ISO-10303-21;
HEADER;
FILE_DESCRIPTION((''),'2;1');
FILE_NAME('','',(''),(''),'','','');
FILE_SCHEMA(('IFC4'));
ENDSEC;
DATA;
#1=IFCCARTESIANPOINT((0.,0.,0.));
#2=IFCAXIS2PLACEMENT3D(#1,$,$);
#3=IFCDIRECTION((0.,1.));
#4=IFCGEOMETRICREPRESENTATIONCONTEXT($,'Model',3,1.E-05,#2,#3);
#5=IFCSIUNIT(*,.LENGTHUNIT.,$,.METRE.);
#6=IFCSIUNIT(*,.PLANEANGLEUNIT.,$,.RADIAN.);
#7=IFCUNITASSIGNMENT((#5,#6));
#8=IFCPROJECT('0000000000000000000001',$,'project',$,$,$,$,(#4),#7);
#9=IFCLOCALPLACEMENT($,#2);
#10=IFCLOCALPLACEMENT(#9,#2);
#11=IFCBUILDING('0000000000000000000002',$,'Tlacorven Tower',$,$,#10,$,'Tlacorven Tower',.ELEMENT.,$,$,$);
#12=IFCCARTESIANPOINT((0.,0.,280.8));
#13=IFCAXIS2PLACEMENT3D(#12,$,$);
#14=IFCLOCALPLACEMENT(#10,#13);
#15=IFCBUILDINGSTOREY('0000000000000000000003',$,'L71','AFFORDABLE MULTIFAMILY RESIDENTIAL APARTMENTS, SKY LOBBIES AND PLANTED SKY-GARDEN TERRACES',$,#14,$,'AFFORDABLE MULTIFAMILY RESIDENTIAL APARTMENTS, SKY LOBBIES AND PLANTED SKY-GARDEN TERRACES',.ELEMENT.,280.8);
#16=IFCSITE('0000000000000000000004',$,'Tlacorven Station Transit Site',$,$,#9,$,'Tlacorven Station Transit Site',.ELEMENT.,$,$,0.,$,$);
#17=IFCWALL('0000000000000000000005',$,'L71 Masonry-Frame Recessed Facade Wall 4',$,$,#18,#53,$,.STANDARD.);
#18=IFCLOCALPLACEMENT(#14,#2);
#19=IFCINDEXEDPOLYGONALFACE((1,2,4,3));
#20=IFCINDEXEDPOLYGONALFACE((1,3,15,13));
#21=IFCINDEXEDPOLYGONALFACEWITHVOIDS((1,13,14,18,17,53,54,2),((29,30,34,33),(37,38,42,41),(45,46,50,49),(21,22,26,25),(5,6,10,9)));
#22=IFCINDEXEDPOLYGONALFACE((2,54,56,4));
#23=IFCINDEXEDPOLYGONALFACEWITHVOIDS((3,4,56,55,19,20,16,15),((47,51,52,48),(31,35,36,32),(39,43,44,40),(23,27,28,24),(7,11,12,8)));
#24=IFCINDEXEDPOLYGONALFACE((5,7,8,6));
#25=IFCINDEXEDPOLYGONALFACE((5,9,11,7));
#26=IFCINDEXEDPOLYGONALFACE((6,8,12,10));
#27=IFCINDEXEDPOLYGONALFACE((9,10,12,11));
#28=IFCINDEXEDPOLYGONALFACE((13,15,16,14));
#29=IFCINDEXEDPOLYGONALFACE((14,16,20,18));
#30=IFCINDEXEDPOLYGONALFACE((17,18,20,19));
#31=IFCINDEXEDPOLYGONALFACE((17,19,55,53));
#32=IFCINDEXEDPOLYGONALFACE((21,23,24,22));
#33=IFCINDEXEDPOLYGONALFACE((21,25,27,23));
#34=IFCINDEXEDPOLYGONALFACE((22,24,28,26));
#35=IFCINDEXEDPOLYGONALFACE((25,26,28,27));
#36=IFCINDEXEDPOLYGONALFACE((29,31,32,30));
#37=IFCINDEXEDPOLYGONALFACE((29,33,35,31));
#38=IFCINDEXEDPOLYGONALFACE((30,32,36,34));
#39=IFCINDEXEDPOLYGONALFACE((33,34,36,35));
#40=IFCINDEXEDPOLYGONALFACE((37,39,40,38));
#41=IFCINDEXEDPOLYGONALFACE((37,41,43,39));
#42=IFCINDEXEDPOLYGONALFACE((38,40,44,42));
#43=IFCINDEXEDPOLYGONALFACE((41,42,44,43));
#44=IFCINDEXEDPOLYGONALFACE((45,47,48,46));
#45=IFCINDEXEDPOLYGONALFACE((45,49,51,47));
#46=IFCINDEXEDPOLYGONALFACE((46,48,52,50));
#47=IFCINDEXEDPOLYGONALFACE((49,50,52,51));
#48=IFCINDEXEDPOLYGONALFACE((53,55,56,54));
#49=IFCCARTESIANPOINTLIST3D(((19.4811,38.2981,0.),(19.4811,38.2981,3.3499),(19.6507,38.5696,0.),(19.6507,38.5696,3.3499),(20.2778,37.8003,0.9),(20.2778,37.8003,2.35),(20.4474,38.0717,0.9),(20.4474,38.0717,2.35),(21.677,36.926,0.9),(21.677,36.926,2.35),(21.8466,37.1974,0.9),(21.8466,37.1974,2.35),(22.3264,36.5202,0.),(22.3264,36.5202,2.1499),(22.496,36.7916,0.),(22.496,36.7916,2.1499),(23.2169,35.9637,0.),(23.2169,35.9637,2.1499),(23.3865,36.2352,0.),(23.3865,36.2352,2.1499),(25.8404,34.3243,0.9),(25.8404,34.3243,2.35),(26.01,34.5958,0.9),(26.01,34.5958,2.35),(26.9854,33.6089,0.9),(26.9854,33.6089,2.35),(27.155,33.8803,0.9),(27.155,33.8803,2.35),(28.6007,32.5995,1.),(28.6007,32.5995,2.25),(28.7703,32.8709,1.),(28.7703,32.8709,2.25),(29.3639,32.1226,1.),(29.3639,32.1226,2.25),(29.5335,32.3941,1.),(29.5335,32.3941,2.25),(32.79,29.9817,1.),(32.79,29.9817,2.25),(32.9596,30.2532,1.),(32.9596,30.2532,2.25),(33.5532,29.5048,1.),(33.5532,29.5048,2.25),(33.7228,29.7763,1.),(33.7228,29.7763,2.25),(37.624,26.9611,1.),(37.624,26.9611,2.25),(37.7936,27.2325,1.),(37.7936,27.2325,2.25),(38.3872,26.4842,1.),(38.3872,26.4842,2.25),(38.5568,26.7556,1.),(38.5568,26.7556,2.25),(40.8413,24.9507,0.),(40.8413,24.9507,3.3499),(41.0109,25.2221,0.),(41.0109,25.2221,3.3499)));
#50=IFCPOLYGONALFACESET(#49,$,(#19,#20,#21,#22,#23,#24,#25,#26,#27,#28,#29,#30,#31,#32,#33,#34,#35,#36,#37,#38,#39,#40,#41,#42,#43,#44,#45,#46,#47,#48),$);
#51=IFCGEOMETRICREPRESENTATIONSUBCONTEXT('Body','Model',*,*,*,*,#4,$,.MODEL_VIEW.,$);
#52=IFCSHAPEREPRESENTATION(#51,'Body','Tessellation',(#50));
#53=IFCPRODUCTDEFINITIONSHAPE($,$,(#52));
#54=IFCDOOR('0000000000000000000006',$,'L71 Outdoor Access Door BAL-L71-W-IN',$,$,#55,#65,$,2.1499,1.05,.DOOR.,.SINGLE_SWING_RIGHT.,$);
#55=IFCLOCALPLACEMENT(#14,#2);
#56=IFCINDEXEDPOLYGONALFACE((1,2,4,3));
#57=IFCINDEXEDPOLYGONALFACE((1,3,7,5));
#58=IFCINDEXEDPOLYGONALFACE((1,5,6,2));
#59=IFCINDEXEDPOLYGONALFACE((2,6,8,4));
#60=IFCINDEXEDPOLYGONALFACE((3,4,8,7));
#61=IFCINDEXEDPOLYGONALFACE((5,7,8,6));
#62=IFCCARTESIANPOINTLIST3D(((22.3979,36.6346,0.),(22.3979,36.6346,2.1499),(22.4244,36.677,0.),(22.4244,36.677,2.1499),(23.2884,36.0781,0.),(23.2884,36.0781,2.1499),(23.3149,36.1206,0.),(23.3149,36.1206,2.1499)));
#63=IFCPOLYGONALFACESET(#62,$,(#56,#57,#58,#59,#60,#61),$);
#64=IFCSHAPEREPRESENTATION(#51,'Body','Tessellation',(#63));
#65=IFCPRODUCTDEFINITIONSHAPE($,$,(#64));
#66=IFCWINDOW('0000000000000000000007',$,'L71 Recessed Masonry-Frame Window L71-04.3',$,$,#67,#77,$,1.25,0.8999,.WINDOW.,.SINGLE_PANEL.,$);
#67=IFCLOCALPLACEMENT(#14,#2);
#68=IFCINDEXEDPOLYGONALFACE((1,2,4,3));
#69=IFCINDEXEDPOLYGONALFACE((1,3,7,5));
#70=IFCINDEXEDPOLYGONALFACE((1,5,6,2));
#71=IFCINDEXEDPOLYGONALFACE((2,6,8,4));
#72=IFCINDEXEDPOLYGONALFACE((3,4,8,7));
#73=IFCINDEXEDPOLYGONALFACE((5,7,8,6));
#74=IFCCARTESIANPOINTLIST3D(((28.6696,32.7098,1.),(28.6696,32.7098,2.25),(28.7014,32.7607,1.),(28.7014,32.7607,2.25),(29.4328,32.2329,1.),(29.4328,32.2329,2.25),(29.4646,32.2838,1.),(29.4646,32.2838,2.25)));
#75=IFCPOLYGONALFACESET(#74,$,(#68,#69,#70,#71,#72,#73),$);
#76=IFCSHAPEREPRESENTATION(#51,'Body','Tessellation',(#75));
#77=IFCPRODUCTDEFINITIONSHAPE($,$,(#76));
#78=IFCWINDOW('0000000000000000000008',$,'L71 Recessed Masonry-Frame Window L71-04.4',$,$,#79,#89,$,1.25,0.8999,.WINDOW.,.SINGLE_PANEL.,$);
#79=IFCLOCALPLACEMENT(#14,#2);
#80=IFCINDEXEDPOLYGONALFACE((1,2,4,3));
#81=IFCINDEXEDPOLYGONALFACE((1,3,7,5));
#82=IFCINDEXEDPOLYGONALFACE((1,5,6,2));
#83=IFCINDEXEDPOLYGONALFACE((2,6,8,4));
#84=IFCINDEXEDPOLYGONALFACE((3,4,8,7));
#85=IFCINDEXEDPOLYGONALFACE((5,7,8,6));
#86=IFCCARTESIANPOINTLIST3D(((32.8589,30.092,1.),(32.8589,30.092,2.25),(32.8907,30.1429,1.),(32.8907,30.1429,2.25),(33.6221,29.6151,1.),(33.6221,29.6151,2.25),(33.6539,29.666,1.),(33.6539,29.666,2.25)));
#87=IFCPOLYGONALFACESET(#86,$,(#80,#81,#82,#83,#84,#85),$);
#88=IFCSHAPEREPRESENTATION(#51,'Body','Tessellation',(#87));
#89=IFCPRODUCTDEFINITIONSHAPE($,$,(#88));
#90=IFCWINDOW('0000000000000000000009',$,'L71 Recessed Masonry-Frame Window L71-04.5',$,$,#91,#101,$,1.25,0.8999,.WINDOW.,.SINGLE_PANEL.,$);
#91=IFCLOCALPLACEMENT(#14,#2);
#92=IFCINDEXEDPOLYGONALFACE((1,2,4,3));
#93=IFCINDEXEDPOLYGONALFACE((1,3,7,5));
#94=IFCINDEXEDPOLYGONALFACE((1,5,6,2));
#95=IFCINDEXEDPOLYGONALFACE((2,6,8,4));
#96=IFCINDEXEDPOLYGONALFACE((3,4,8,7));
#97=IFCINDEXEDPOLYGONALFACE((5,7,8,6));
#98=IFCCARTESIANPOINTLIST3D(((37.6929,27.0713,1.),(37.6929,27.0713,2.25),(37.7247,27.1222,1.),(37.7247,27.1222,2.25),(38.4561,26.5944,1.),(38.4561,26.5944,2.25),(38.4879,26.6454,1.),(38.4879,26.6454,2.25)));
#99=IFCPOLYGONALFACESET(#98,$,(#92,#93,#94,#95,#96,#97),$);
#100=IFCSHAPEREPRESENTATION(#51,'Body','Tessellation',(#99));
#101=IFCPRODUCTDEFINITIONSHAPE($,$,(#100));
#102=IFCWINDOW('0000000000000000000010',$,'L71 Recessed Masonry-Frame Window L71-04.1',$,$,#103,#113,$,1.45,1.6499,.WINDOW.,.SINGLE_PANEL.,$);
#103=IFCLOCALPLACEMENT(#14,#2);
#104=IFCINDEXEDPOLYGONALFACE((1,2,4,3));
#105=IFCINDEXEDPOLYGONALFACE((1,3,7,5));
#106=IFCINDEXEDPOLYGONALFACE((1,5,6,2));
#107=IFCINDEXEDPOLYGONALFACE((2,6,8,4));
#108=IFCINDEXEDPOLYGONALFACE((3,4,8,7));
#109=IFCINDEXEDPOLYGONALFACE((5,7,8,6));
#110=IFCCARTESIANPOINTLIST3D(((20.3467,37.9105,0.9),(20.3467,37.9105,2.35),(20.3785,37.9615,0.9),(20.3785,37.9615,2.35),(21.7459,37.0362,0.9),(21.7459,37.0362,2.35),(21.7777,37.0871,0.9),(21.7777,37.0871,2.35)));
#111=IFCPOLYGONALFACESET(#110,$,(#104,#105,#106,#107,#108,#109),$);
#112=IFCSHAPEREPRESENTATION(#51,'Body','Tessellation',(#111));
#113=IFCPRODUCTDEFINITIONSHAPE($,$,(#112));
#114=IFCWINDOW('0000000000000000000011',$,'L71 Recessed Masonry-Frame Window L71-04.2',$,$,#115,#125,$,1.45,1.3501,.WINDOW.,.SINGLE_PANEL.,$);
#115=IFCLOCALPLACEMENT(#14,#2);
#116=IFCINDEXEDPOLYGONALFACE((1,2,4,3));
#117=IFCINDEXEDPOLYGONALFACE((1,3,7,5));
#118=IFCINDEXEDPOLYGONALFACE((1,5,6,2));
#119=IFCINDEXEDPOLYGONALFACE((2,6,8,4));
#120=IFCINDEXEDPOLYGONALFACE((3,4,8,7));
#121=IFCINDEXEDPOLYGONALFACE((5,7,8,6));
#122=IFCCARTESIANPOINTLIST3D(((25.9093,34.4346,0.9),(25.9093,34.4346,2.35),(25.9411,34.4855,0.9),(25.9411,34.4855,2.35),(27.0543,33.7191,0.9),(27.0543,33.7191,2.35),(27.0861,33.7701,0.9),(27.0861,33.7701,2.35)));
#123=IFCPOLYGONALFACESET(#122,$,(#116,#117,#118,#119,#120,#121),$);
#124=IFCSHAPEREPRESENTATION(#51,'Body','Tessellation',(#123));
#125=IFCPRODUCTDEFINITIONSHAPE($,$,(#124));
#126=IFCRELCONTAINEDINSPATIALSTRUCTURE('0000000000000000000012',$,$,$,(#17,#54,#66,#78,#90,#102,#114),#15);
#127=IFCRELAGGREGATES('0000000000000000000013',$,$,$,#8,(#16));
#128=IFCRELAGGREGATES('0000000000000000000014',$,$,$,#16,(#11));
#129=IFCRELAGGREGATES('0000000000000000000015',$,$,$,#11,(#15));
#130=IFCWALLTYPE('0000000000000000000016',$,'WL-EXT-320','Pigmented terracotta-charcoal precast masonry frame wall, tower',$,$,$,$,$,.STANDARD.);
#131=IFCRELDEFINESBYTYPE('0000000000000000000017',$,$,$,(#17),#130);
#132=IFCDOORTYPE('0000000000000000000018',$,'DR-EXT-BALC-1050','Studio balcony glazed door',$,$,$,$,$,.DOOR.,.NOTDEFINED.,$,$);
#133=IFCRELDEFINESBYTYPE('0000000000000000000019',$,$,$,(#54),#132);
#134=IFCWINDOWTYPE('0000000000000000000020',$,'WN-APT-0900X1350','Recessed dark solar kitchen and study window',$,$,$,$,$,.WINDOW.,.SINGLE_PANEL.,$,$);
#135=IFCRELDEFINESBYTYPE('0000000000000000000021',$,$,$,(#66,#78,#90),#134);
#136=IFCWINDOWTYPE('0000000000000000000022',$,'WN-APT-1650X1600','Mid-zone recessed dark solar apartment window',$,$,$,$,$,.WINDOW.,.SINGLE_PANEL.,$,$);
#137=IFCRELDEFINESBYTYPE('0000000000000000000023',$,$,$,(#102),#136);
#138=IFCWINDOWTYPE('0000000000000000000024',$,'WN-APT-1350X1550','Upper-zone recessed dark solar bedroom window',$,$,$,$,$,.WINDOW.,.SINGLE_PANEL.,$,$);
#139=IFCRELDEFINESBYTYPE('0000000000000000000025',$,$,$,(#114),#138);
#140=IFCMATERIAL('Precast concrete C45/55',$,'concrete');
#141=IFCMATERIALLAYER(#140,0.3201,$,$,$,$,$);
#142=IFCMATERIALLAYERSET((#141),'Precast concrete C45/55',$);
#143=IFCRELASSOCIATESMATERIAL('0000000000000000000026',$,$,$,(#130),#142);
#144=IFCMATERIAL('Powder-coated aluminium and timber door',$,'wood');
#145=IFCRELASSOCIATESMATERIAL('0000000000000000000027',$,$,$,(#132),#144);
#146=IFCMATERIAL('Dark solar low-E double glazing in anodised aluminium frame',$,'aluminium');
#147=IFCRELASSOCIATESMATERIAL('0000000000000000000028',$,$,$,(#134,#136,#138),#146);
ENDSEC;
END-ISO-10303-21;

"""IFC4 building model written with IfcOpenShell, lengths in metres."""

from ifc_helpers import new_model, si_unit, direction, frame, frame_2d, origin, place, context, subcontext, project, spatial, rectangle, extrude, source, transform, mapped, material, layer, layer_set, type_object, element, fill, save


model = new_model("IFC4")

# Units and contexts
model_context = context("Model", 3, precision=1e-05, world=origin(), true_north=direction((0.0, 1.0)))
body_context = subcontext(model_context, "Body", "Model", "MODEL_VIEW")
ifc_project = project(units=[si_unit("LENGTHUNIT", "METRE"), si_unit("PLANEANGLEUNIT", "RADIAN")], contexts=[model_context])

# Site, building, storey
site_placement = place(None, origin())
site = spatial("IfcSite", under=ifc_project, at=site_placement, Name="Tlacorven Station Transit Site", LongName="Tlacorven Station Transit Site", CompositionType="ELEMENT", RefElevation=0.0)
building_placement = place(site_placement, origin())
building = spatial("IfcBuilding", under=site, at=building_placement, Name="Tlacorven Tower", LongName="Tlacorven Tower", CompositionType="ELEMENT")
storey_placement = place(building_placement, frame((0.0, 0.0, 280.8)))
storey = spatial("IfcBuildingStorey", under=building, at=storey_placement, Name="L71", Description="AFFORDABLE MULTIFAMILY RESIDENTIAL APARTMENTS, SKY LOBBIES AND PLANTED SKY-GARDEN TERRACES", LongName="AFFORDABLE MULTIFAMILY RESIDENTIAL APARTMENTS, SKY LOBBIES AND PLANTED SKY-GARDEN TERRACES", CompositionType="ELEMENT", Elevation=280.8)

# Wall, openings, door, windows
ifc_material_1 = material(Name="Precast concrete C45/55", Category="concrete")
ifc_layer_1 = layer(ifc_material_1, 0.3201)
ifc_layer_set_1 = layer_set([ifc_layer_1], Name="Precast concrete C45/55")
wall_type_1 = type_object("IfcWallType", Name="WL-EXT-320", Description="Pigmented terracotta-charcoal precast masonry frame wall, tower", PredefinedType="STANDARD", material=ifc_layer_set_1)
wall_1_placement = place(storey_placement, frame((19.5659, 38.4338, 0.0), z_axis=(0.0, 0.0, 1.0), x_axis=(0.848046, -0.529923, 0.0)))
wall_1 = element("IfcWall", 1, at=wall_1_placement, inside=storey, type_object=wall_type_1, Name="L71 Masonry-Frame Recessed Facade Wall 4", PredefinedType="STANDARD", context=body_context, shape_type="SweptSolid", body=[
    extrude(rectangle(XDim=25.1875, YDim=0.3201, at=frame_2d((12.5938, 0.0))), origin(), (0.0, 0.0, 1.0), 3.3499),
])
opening_1_placement = place(wall_1_placement, frame((3.3552, 0.0, 0.0)))
opening_1 = element("IfcOpeningElement", 2, at=opening_1_placement, cuts=wall_1, PredefinedType="OPENING", context=body_context, shape_type="SweptSolid", body=[
    extrude(rectangle(XDim=1.05, YDim=2.1499, at=frame_2d((0.5249, 1.075))), frame((0.0, 0.1699, 0.0), z_axis=(0.0, -1.0, 0.0), x_axis=(1.0, 0.0, 0.0)), (0.0, 0.0, 1.0), 0.3401),
])
opening_2_placement = place(wall_1_placement, frame((0.9395, 0.0, 0.8999)))
opening_2 = element("IfcOpeningElement", 3, at=opening_2_placement, cuts=wall_1, PredefinedType="OPENING", context=body_context, shape_type="SweptSolid", body=[
    extrude(rectangle(XDim=1.6499, YDim=1.45, at=frame_2d((0.825, 0.7251))), frame((0.0, 0.1699, 0.0), z_axis=(0.0, -1.0, 0.0), x_axis=(1.0, 0.0, 0.0)), (0.0, 0.0, 1.0), 0.3401),
])
opening_3_placement = place(wall_1_placement, frame((7.4988, 0.0, 0.8999)))
opening_3 = element("IfcOpeningElement", 4, at=opening_3_placement, cuts=wall_1, PredefinedType="OPENING", context=body_context, shape_type="SweptSolid", body=[
    extrude(rectangle(XDim=1.3501, YDim=1.45, at=frame_2d((0.675, 0.7251))), frame((0.0, 0.1699, 0.0), z_axis=(0.0, -1.0, 0.0), x_axis=(1.0, 0.0, 0.0)), (0.0, 0.0, 1.0), 0.3401),
])
opening_4_placement = place(wall_1_placement, frame((10.7537, 0.0, 1.0)))
opening_4 = element("IfcOpeningElement", 5, at=opening_4_placement, cuts=wall_1, PredefinedType="OPENING", context=body_context, shape_type="SweptSolid", body=[
    extrude(rectangle(XDim=0.8999, YDim=1.25, at=frame_2d((0.45, 0.625))), frame((0.0, 0.1699, 0.0), z_axis=(0.0, -1.0, 0.0), x_axis=(1.0, 0.0, 0.0)), (0.0, 0.0, 1.0), 0.3401),
])
opening_5_placement = place(wall_1_placement, frame((15.6936, 0.0, 1.0)))
opening_5 = element("IfcOpeningElement", 6, at=opening_5_placement, cuts=wall_1, PredefinedType="OPENING", context=body_context, shape_type="SweptSolid", body=[
    extrude(rectangle(XDim=0.8999, YDim=1.25, at=frame_2d((0.45, 0.625))), frame((0.0, 0.1699, 0.0), z_axis=(0.0, -1.0, 0.0), x_axis=(1.0, 0.0, 0.0)), (0.0, 0.0, 1.0), 0.3401),
])
opening_6_placement = place(wall_1_placement, frame((21.3938, 0.0, 1.0)))
opening_6 = element("IfcOpeningElement", 7, at=opening_6_placement, cuts=wall_1, PredefinedType="OPENING", context=body_context, shape_type="SweptSolid", body=[
    extrude(rectangle(XDim=0.8999, YDim=1.25, at=frame_2d((0.45, 0.625))), frame((0.0, 0.1699, 0.0), z_axis=(0.0, -1.0, 0.0), x_axis=(1.0, 0.0, 0.0)), (0.0, 0.0, 1.0), 0.3401),
])
ifc_material_2 = material(Name="Powder-coated aluminium and timber door", Category="wood")
door_type_1 = type_object("IfcDoorType", Name="DR-EXT-BALC-1050", Description="Studio balcony glazed door", OperationType="NOTDEFINED", PredefinedType="DOOR", material=ifc_material_2)
shared_shape_1 = source(origin(), body_context, "Body", "SweptSolid", [
    extrude(rectangle(XDim=1.05, YDim=2.1499, at=frame_2d((0.5249, 1.075))), frame((0.0, 0.0249, 0.0), z_axis=(0.0, -1.0, 0.0), x_axis=(1.0, 0.0, 0.0)), (0.0, 0.0, 1.0), 0.05),
])
door_1_placement = place(opening_1_placement, origin())
door_1 = element("IfcDoor", 8, at=door_1_placement, inside=storey, type_object=door_type_1, Name="L71 Outdoor Access Door BAL-L71-W-IN", OperationType="SINGLE_SWING_RIGHT", OverallHeight=2.1499, OverallWidth=1.05, PredefinedType="DOOR", context=body_context, shape_type="MappedRepresentation", body=[
    mapped(shared_shape_1, transform((0.0, 0.0, 0.0), scale=1.0)),
])
fill(opening_1, door_1)
ifc_material_3 = material(Name="Dark solar low-E double glazing in anodised aluminium frame", Category="aluminium")
window_type_1 = type_object("IfcWindowType", Name="WN-APT-0900X1350", Description="Recessed dark solar kitchen and study window", PartitioningType="SINGLE_PANEL", PredefinedType="WINDOW", material=ifc_material_3)
shared_shape_2 = source(origin(), body_context, "Body", "SweptSolid", [
    extrude(rectangle(XDim=0.8999, YDim=1.25, at=frame_2d((0.45, 0.625))), frame((0.0, 0.03, 0.0), z_axis=(0.0, -1.0, 0.0), x_axis=(1.0, 0.0, 0.0)), (0.0, 0.0, 1.0), 0.0601),
])
window_1_placement = place(opening_4_placement, origin())
window_1 = element("IfcWindow", 9, at=window_1_placement, inside=storey, type_object=window_type_1, Name="L71 Recessed Masonry-Frame Window L71-04.3", OverallHeight=1.25, OverallWidth=0.8999, PartitioningType="SINGLE_PANEL", PredefinedType="WINDOW", context=body_context, shape_type="MappedRepresentation", body=[
    mapped(shared_shape_2, transform((0.0, 0.0, 0.0), scale=1.0)),
])
fill(opening_4, window_1)
window_2_placement = place(opening_5_placement, origin())
window_2 = element("IfcWindow", 10, at=window_2_placement, inside=storey, type_object=window_type_1, Name="L71 Recessed Masonry-Frame Window L71-04.4", OverallHeight=1.25, OverallWidth=0.8999, PartitioningType="SINGLE_PANEL", PredefinedType="WINDOW", context=body_context, shape_type="MappedRepresentation", body=[
    mapped(shared_shape_2, transform((0.0, 0.0, 0.0), scale=1.0)),
])
fill(opening_5, window_2)
window_3_placement = place(opening_6_placement, origin())
window_3 = element("IfcWindow", 11, at=window_3_placement, inside=storey, type_object=window_type_1, Name="L71 Recessed Masonry-Frame Window L71-04.5", OverallHeight=1.25, OverallWidth=0.8999, PartitioningType="SINGLE_PANEL", PredefinedType="WINDOW", context=body_context, shape_type="MappedRepresentation", body=[
    mapped(shared_shape_2, transform((0.0, 0.0, 0.0), scale=1.0)),
])
fill(opening_6, window_3)
window_type_2 = type_object("IfcWindowType", Name="WN-APT-1650X1600", Description="Mid-zone recessed dark solar apartment window", PartitioningType="SINGLE_PANEL", PredefinedType="WINDOW", material=ifc_material_3)
shared_shape_3 = source(origin(), body_context, "Body", "SweptSolid", [
    extrude(rectangle(XDim=1.6499, YDim=1.45, at=frame_2d((0.825, 0.7251))), frame((0.0, 0.03, 0.0), z_axis=(0.0, -1.0, 0.0), x_axis=(1.0, 0.0, 0.0)), (0.0, 0.0, 1.0), 0.0601),
])
window_4_placement = place(opening_2_placement, origin())
window_4 = element("IfcWindow", 12, at=window_4_placement, inside=storey, type_object=window_type_2, Name="L71 Recessed Masonry-Frame Window L71-04.1", OverallHeight=1.45, OverallWidth=1.6499, PartitioningType="SINGLE_PANEL", PredefinedType="WINDOW", context=body_context, shape_type="MappedRepresentation", body=[
    mapped(shared_shape_3, transform((0.0, 0.0, 0.0), scale=1.0)),
])
fill(opening_2, window_4)
window_type_3 = type_object("IfcWindowType", Name="WN-APT-1350X1550", Description="Upper-zone recessed dark solar bedroom window", PartitioningType="SINGLE_PANEL", PredefinedType="WINDOW", material=ifc_material_3)
shared_shape_4 = source(origin(), body_context, "Body", "SweptSolid", [
    extrude(rectangle(XDim=1.3501, YDim=1.45, at=frame_2d((0.675, 0.7251))), frame((0.0, 0.03, 0.0), z_axis=(0.0, -1.0, 0.0), x_axis=(1.0, 0.0, 0.0)), (0.0, 0.0, 1.0), 0.0601),
])
window_5_placement = place(opening_3_placement, origin())
window_5 = element("IfcWindow", 13, at=window_5_placement, inside=storey, type_object=window_type_3, Name="L71 Recessed Masonry-Frame Window L71-04.2", OverallHeight=1.45, OverallWidth=1.3501, PartitioningType="SINGLE_PANEL", PredefinedType="WINDOW", context=body_context, shape_type="MappedRepresentation", body=[
    mapped(shared_shape_4, transform((0.0, 0.0, 0.0), scale=1.0)),
])
fill(opening_3, window_5)

save(model, "model.ifc")
